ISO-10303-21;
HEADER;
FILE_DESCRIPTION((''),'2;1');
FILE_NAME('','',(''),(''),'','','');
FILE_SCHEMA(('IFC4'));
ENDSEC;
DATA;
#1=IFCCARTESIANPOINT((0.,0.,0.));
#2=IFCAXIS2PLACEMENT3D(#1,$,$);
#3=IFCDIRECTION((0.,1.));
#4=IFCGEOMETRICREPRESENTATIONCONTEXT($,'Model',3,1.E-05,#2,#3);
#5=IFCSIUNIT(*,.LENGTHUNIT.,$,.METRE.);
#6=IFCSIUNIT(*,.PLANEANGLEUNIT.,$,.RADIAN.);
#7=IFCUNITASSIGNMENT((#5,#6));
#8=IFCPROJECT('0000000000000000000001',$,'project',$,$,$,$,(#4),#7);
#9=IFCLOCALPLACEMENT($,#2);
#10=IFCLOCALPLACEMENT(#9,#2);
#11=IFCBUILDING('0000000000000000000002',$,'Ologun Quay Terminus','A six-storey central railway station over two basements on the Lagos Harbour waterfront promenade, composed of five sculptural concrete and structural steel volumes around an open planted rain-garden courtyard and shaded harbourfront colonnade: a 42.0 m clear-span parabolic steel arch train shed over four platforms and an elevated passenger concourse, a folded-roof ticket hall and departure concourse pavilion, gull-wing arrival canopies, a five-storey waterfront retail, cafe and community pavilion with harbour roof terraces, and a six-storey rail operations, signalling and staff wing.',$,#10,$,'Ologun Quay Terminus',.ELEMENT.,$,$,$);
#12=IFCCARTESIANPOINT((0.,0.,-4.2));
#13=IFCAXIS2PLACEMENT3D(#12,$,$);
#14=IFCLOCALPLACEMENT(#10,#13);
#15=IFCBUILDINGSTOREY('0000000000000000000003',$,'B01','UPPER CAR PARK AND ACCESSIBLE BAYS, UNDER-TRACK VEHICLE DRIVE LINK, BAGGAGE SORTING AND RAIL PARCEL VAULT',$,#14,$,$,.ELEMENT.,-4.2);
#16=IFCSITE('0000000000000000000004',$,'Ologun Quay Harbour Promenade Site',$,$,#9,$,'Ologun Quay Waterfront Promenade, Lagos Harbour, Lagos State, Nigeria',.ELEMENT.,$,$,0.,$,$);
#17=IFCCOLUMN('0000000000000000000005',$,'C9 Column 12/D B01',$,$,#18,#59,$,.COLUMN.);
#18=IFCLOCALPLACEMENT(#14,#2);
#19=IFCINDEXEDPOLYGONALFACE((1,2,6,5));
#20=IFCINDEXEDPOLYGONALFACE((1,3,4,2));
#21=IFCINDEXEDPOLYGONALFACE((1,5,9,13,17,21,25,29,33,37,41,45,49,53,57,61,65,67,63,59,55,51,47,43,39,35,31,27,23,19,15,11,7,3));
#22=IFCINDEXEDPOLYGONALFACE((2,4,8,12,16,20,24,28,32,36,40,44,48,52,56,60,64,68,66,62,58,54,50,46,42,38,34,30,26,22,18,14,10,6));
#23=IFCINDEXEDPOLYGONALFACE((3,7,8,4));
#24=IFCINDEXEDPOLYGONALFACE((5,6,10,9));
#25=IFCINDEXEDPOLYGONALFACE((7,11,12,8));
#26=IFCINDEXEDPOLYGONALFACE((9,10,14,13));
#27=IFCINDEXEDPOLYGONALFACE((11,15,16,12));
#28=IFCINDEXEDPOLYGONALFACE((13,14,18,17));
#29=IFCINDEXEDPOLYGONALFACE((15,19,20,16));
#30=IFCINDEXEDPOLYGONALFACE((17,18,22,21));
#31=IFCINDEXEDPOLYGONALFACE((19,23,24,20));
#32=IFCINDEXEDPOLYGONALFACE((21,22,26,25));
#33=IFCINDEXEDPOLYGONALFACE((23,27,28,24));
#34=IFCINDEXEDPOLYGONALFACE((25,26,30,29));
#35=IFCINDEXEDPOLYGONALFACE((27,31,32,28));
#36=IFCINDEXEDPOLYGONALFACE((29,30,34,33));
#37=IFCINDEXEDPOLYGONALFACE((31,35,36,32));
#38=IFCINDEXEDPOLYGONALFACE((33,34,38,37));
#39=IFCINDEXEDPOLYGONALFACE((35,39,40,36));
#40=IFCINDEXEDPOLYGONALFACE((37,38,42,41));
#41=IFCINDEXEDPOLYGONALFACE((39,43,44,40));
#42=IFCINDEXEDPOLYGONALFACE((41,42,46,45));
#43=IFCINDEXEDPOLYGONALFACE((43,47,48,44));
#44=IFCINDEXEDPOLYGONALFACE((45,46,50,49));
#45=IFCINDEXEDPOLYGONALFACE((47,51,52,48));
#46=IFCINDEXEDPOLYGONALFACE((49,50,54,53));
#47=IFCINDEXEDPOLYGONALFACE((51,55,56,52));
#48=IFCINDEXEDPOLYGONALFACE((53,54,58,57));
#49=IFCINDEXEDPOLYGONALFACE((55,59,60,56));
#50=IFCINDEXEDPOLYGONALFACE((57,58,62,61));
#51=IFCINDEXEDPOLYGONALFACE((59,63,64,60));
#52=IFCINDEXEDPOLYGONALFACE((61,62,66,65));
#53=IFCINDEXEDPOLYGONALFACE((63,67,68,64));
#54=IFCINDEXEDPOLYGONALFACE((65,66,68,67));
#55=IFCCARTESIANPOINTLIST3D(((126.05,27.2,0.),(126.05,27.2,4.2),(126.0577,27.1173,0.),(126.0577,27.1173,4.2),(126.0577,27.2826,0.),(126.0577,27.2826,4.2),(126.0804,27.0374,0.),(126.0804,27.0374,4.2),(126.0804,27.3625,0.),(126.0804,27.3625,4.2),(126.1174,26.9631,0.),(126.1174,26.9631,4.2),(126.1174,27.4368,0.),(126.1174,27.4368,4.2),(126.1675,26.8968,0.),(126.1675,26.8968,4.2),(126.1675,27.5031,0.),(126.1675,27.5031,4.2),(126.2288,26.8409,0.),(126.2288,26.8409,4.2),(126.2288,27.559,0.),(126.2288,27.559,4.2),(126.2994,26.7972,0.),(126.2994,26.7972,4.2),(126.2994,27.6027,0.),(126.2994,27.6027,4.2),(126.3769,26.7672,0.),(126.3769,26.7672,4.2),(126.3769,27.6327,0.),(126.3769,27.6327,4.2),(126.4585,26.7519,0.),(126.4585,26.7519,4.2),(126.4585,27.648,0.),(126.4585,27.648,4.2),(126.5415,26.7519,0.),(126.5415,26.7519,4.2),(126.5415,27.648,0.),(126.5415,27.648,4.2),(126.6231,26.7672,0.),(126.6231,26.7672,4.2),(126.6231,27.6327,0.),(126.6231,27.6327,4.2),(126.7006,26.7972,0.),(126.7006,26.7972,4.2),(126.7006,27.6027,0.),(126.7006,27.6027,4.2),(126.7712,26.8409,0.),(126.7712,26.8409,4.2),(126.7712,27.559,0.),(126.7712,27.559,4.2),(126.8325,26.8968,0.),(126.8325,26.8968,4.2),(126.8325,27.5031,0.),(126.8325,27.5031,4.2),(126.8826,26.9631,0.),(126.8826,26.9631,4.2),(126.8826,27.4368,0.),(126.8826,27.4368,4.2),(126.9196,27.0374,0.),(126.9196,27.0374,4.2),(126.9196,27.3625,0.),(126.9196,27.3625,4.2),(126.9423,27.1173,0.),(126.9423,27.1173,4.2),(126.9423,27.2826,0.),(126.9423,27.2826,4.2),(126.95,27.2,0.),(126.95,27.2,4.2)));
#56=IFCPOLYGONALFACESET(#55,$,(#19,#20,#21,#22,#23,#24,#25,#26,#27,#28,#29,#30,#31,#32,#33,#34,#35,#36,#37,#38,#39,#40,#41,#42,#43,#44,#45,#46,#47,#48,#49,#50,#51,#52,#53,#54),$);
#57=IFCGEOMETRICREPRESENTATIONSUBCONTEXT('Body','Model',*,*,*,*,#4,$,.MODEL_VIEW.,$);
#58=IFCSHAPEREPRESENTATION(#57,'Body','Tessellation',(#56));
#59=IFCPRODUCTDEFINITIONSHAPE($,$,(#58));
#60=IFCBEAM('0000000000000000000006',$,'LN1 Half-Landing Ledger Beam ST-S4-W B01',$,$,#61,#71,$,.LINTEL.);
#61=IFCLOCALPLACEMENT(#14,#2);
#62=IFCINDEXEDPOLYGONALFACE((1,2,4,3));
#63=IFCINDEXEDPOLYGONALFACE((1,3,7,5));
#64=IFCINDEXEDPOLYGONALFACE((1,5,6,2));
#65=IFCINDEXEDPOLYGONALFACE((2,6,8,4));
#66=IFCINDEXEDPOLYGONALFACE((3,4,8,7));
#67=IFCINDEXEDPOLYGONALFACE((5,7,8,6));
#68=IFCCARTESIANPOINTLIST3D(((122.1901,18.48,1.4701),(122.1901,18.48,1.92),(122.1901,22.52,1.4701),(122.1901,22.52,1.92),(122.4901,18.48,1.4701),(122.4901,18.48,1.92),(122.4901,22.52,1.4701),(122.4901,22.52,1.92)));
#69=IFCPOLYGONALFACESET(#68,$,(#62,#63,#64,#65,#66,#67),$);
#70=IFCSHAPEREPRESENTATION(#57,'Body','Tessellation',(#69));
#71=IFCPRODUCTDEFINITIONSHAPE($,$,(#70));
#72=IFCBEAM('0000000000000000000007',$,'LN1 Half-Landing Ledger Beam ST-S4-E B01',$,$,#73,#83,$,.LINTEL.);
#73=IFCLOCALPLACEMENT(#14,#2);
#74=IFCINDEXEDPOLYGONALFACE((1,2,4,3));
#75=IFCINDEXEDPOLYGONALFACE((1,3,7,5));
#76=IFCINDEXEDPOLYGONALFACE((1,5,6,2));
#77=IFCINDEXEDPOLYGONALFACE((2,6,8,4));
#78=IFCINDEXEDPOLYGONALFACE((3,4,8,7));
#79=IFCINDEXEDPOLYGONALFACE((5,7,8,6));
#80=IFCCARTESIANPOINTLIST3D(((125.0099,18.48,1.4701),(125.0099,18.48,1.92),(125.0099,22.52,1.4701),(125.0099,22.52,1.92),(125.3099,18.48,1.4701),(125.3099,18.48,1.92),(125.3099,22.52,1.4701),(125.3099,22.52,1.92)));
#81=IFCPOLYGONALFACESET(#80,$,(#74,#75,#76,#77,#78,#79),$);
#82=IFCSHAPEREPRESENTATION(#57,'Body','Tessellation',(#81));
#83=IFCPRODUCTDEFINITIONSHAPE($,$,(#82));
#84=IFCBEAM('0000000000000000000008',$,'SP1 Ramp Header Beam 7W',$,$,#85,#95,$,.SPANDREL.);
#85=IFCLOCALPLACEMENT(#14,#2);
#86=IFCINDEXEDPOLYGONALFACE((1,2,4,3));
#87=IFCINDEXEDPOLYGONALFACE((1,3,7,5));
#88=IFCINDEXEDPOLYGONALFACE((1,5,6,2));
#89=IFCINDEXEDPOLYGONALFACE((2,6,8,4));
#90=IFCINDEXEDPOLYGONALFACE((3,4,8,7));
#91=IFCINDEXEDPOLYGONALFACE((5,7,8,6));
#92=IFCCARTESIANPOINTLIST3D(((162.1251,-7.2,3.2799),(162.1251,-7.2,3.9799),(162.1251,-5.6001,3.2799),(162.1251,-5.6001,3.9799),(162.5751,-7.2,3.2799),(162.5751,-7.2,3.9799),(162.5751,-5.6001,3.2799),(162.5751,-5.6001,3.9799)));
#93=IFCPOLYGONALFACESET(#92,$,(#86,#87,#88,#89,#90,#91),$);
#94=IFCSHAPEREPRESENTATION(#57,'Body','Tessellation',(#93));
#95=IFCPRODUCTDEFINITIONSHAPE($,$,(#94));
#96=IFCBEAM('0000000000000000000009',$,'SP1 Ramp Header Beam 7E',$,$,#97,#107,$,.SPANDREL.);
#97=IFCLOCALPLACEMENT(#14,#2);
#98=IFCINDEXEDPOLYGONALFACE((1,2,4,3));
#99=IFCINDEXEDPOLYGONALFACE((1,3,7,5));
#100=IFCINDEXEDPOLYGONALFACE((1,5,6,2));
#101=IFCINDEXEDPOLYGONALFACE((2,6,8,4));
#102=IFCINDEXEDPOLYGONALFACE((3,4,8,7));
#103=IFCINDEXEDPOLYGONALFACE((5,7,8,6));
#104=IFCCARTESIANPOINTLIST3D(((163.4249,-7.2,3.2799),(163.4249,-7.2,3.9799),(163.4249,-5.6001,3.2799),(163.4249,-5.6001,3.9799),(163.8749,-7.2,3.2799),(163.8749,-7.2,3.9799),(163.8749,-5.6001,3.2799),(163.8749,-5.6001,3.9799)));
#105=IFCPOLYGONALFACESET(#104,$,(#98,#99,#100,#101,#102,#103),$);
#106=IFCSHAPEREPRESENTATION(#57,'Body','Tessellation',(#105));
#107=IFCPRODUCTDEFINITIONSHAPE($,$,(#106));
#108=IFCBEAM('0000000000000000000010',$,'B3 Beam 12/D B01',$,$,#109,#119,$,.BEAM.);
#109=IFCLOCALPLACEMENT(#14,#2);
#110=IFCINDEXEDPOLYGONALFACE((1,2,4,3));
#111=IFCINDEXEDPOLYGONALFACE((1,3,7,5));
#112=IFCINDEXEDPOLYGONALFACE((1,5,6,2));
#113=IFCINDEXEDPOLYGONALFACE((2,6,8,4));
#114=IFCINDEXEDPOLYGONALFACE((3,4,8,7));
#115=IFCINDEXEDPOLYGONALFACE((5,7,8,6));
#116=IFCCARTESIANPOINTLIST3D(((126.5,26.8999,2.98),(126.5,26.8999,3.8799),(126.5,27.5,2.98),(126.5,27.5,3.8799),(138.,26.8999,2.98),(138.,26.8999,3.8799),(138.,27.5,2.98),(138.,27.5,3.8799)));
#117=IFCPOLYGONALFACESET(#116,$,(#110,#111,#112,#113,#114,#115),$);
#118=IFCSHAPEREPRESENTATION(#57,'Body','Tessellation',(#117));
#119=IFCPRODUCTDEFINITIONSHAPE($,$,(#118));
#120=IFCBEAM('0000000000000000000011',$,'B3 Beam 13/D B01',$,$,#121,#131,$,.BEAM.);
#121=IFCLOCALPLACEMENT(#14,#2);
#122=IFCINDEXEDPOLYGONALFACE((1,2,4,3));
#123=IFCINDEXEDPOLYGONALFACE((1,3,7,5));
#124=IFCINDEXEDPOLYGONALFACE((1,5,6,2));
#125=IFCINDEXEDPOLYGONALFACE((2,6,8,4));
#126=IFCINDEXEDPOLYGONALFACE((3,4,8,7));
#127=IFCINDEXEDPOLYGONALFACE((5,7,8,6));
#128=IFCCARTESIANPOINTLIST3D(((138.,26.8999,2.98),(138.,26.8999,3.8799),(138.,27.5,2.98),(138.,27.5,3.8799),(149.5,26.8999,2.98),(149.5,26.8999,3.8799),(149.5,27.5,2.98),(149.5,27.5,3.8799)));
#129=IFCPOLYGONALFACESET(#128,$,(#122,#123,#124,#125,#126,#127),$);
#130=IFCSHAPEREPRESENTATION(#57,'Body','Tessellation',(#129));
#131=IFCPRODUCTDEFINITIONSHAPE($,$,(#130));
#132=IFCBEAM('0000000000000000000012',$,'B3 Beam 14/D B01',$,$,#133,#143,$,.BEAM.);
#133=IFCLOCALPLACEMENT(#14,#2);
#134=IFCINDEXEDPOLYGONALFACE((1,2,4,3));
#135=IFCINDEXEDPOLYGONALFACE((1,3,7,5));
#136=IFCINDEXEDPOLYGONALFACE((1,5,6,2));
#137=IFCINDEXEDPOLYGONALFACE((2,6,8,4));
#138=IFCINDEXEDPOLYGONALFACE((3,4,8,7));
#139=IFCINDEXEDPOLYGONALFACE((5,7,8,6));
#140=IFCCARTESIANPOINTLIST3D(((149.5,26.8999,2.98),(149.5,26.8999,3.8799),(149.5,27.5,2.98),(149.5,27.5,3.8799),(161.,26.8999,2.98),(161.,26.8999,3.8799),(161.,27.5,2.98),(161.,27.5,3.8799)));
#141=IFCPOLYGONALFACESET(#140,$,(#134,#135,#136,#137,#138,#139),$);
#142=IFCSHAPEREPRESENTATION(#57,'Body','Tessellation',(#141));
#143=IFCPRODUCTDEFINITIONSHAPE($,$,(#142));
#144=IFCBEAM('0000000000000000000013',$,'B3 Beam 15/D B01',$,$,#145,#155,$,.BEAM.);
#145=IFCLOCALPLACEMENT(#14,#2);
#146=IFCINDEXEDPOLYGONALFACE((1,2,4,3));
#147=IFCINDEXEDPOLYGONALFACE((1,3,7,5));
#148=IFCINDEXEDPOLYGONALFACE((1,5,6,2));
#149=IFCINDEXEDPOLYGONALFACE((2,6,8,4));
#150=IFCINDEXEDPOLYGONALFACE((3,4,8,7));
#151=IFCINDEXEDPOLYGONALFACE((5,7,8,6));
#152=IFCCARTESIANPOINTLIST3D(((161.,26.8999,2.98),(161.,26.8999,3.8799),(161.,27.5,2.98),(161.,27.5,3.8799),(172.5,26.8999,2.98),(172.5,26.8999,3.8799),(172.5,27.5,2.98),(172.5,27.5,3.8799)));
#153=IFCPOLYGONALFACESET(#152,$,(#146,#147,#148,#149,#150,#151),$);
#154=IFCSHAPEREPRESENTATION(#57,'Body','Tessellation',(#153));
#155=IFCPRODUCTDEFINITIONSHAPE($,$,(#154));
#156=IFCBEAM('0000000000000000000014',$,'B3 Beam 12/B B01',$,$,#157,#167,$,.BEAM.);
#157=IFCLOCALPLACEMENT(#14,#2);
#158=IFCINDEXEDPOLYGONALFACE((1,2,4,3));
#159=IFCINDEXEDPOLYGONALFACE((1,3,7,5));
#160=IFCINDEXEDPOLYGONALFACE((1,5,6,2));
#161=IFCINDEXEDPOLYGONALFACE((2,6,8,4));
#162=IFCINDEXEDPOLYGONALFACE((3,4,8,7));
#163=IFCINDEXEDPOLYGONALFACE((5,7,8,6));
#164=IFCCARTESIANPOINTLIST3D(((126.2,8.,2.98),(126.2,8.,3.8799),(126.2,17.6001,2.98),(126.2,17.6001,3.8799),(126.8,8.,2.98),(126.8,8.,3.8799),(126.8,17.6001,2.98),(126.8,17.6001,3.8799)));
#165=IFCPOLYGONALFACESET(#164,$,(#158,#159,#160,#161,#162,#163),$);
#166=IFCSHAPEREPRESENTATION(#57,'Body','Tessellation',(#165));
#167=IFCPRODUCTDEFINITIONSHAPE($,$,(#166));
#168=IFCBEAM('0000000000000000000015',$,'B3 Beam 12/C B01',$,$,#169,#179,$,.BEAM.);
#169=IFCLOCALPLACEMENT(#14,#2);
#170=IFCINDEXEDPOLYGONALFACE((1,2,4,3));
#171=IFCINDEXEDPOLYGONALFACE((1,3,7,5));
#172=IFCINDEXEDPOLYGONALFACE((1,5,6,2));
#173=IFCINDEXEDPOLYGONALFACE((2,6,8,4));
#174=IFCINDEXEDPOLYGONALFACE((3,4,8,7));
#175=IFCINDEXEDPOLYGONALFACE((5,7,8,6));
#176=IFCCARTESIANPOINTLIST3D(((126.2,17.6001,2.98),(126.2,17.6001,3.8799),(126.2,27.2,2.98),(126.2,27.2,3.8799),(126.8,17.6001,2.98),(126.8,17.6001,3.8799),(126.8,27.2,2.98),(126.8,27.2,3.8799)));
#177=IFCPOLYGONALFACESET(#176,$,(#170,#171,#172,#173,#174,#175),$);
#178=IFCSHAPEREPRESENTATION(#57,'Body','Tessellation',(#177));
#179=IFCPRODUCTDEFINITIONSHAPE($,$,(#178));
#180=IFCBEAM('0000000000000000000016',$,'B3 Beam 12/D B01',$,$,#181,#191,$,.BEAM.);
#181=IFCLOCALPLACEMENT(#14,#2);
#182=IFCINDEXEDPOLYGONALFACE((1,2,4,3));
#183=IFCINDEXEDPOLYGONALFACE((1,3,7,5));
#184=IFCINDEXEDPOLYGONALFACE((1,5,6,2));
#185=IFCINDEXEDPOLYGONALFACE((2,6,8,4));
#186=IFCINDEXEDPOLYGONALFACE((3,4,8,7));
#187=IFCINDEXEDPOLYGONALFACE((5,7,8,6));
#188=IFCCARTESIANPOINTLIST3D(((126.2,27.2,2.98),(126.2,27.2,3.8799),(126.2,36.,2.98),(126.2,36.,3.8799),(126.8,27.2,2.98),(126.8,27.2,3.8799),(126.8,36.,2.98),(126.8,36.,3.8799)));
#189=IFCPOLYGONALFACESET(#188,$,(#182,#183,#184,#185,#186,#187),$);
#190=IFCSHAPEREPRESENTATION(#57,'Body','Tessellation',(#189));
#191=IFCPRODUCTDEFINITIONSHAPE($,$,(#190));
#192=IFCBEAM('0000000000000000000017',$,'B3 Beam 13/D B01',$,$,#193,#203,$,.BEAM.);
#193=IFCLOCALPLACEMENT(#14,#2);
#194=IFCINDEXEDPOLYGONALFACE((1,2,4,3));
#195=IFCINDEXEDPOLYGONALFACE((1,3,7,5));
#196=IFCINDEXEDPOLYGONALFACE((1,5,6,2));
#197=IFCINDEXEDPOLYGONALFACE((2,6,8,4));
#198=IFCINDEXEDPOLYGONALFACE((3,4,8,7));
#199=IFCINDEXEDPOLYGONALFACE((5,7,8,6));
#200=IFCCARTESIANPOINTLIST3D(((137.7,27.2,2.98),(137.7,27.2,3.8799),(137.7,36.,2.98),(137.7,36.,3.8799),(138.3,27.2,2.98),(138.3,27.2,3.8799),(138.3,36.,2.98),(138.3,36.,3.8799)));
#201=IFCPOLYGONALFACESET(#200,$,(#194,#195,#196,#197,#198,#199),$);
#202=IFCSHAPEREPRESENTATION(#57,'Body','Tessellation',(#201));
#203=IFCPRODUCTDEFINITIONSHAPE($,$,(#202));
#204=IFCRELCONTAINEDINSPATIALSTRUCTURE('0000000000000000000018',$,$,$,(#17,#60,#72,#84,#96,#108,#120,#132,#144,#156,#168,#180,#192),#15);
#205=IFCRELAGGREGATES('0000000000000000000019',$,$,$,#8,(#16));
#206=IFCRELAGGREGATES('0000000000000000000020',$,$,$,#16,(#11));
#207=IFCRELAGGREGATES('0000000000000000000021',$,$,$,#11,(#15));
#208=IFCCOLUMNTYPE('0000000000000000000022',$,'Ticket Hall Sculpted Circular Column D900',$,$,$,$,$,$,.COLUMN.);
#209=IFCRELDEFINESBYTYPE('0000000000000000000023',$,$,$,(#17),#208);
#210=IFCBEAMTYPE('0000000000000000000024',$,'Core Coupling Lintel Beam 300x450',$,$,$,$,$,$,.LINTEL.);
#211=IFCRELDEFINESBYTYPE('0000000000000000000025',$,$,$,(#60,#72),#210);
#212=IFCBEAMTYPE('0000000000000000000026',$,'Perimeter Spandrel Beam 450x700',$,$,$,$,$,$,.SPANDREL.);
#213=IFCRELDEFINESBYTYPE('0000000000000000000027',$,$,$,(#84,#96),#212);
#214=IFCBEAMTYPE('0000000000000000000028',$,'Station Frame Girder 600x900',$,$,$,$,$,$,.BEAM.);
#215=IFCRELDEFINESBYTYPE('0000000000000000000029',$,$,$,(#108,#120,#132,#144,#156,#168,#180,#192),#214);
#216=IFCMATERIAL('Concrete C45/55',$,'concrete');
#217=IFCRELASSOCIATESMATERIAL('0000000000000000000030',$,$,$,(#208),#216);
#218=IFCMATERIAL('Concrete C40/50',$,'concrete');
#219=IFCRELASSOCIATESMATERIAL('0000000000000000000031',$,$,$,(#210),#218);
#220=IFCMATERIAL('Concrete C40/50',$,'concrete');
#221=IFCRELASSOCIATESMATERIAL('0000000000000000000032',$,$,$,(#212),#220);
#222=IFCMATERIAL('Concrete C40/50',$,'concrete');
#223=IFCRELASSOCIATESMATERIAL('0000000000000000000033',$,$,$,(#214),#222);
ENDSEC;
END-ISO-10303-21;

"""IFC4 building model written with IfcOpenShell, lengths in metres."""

from ifc_helpers import new_model, si_unit, direction, frame, origin, origin_2d, place, context, subcontext, project, spatial, rectangle, circle, extrude, material, material_profile, profile_set, type_object, element, save


model = new_model("IFC4")

# Units and contexts
model_context = context("Model", 3, precision=1e-05, world=origin(), true_north=direction((0.0, 1.0)))
body_context = subcontext(model_context, "Body", "Model", "MODEL_VIEW")
ifc_project = project(units=[si_unit("LENGTHUNIT", "METRE"), si_unit("PLANEANGLEUNIT", "RADIAN")], contexts=[model_context])

# Site, building, storey
site_placement = place(None, origin())
site = spatial("IfcSite", under=ifc_project, at=site_placement, Name="Ologun Quay Harbour Promenade Site", LongName="Ologun Quay Waterfront Promenade, Lagos Harbour, Lagos State, Nigeria", CompositionType="ELEMENT", RefElevation=0.0)
building_placement = place(site_placement, origin())
building = spatial("IfcBuilding", under=site, at=building_placement, Name="Ologun Quay Terminus", Description="A six-storey central railway station over two basements on the Lagos Harbour waterfront promenade, composed of five sculptural concrete and structural steel volumes around an open planted rain-garden courtyard and shaded harbourfront colonnade: a 42.0 m clear-span parabolic steel arch train shed over four platforms and an elevated passenger concourse, a folded-roof ticket hall and departure concourse pavilion, gull-wing arrival canopies, a five-storey waterfront retail, cafe and community pavilion with harbour roof terraces, and a six-storey rail operations, signalling and staff wing.", LongName="Ologun Quay Terminus", CompositionType="ELEMENT")
storey_placement = place(building_placement, frame((0.0, 0.0, -4.2)))
storey = spatial("IfcBuildingStorey", under=building, at=storey_placement, Name="B01", Description="UPPER CAR PARK AND ACCESSIBLE BAYS, UNDER-TRACK VEHICLE DRIVE LINK, BAGGAGE SORTING AND RAIL PARCEL VAULT", CompositionType="ELEMENT", Elevation=-4.2)

# Column
ifc_material_1 = material(Name="Concrete C45/55", Category="concrete")
ifc_material_profile_1 = material_profile(ifc_material_1, circle(Radius=0.45, at=origin_2d()), Name="RC D900")
ifc_profile_set_1 = profile_set([ifc_material_profile_1], Name="Concrete C45/55")
column_type_1 = type_object("IfcColumnType", Name="Ticket Hall Sculpted Circular Column D900", PredefinedType="COLUMN", material=ifc_profile_set_1)
for number, where, z_axis, x_axis, name in (
    (1, (126.5, 27.2, 0.0), (0.0, 0.0, 1.0), (1.0, 0.0, 0.0), "C9 Column 12/D B01"),
):
    element("IfcColumn", number, at=place(storey_placement, frame(where, z_axis=z_axis, x_axis=x_axis)), inside=storey, type_object=column_type_1, Name=name, PredefinedType="COLUMN", context=body_context, shape_type="SweptSolid", body=[
        extrude(circle(Radius=0.45, at=origin_2d()), origin(), (0.0, 0.0, 1.0), 4.2),
    ])

# Beams
ifc_material_2 = material(Name="Concrete C40/50", Category="concrete")
ifc_material_profile_2 = material_profile(ifc_material_2, rectangle(XDim=0.3, YDim=0.45, at=origin_2d()), Name="RC 300x450")
ifc_profile_set_2 = profile_set([ifc_material_profile_2], Name="Concrete C40/50")
beam_type_1 = type_object("IfcBeamType", Name="Core Coupling Lintel Beam 300x450", PredefinedType="LINTEL", material=ifc_profile_set_2)
for number, where, z_axis, x_axis, name in (
    (2, (122.3401, 18.48, 1.6951), (0.0, 1.0, 0.0), (-1.0, 0.0, 0.0), "LN1 Half-Landing Ledger Beam ST-S4-W B01"),
    (3, (125.1599, 18.48, 1.6951), (0.0, 1.0, 0.0), (-1.0, 0.0, 0.0), "LN1 Half-Landing Ledger Beam ST-S4-E B01"),
):
    element("IfcBeam", number, at=place(storey_placement, frame(where, z_axis=z_axis, x_axis=x_axis)), inside=storey, type_object=beam_type_1, Name=name, PredefinedType="LINTEL", context=body_context, shape_type="SweptSolid", body=[
        extrude(rectangle(XDim=0.3, YDim=0.45, at=origin_2d()), origin(), (0.0, 0.0, 1.0), 4.04),
    ])
ifc_material_3 = material(Name="Concrete C40/50", Category="concrete")
ifc_material_profile_3 = material_profile(ifc_material_3, rectangle(XDim=0.45, YDim=0.7, at=origin_2d()), Name="RC 450x700")
ifc_profile_set_3 = profile_set([ifc_material_profile_3], Name="Concrete C40/50")
beam_type_2 = type_object("IfcBeamType", Name="Perimeter Spandrel Beam 450x700", PredefinedType="SPANDREL", material=ifc_profile_set_3)
for number, where, z_axis, x_axis, name in (
    (4, (162.3501, -7.2, 3.6299), (0.0, 1.0, 0.0), (-1.0, 0.0, 0.0), "SP1 Ramp Header Beam 7W"),
    (5, (163.6499, -7.2, 3.6299), (0.0, 1.0, 0.0), (-1.0, 0.0, 0.0), "SP1 Ramp Header Beam 7E"),
):
    element("IfcBeam", number, at=place(storey_placement, frame(where, z_axis=z_axis, x_axis=x_axis)), inside=storey, type_object=beam_type_2, Name=name, PredefinedType="SPANDREL", context=body_context, shape_type="SweptSolid", body=[
        extrude(rectangle(XDim=0.45, YDim=0.7, at=origin_2d()), origin(), (0.0, 0.0, 1.0), 1.5999),
    ])
ifc_material_4 = material(Name="Concrete C40/50", Category="concrete")
ifc_material_profile_4 = material_profile(ifc_material_4, rectangle(XDim=0.6001, YDim=0.8999, at=origin_2d()), Name="RC 600x900")
ifc_profile_set_4 = profile_set([ifc_material_profile_4], Name="Concrete C40/50")
beam_type_3 = type_object("IfcBeamType", Name="Station Frame Girder 600x900", PredefinedType="BEAM", material=ifc_profile_set_4)
for number, where, z_axis, x_axis, name in (
    (6, (126.5, 27.2, 3.4299), (1.0, 0.0, 0.0), (0.0, 1.0, 0.0), "B3 Beam 12/D B01"),
    (7, (138.0, 27.2, 3.4299), (1.0, 0.0, 0.0), (0.0, 1.0, 0.0), "B3 Beam 13/D B01"),
    (8, (149.5, 27.2, 3.4299), (1.0, 0.0, 0.0), (0.0, 1.0, 0.0), "B3 Beam 14/D B01"),
    (9, (161.0, 27.2, 3.4299), (1.0, 0.0, 0.0), (0.0, 1.0, 0.0), "B3 Beam 15/D B01"),
):
    element("IfcBeam", number, at=place(storey_placement, frame(where, z_axis=z_axis, x_axis=x_axis)), inside=storey, type_object=beam_type_3, Name=name, PredefinedType="BEAM", context=body_context, shape_type="SweptSolid", body=[
        extrude(rectangle(XDim=0.6001, YDim=0.8999, at=origin_2d()), origin(), (0.0, 0.0, 1.0), 11.5),
    ])
beam_1_placement = place(storey_placement, frame((126.5, 8.0, 3.4299), z_axis=(0.0, 1.0, 0.0), x_axis=(-1.0, 0.0, 0.0)))
element("IfcBeam", 10, at=beam_1_placement, inside=storey, type_object=beam_type_3, Name="B3 Beam 12/B B01", PredefinedType="BEAM", context=body_context, shape_type="SweptSolid", body=[
    extrude(rectangle(XDim=0.6001, YDim=0.8999, at=origin_2d()), origin(), (0.0, 0.0, 1.0), 9.6001),
])
beam_2_placement = place(storey_placement, frame((126.5, 17.6001, 3.4299), z_axis=(0.0, 1.0, 0.0), x_axis=(-1.0, 0.0, 0.0)))
element("IfcBeam", 11, at=beam_2_placement, inside=storey, type_object=beam_type_3, Name="B3 Beam 12/C B01", PredefinedType="BEAM", context=body_context, shape_type="SweptSolid", body=[
    extrude(rectangle(XDim=0.6001, YDim=0.8999, at=origin_2d()), origin(), (0.0, 0.0, 1.0), 9.5999),
])
for number, where, z_axis, x_axis, name in (
    (12, (126.5, 27.2, 3.4299), (0.0, 1.0, 0.0), (-1.0, 0.0, 0.0), "B3 Beam 12/D B01"),
    (13, (138.0, 27.2, 3.4299), (0.0, 1.0, 0.0), (-1.0, 0.0, 0.0), "B3 Beam 13/D B01"),
):
    element("IfcBeam", number, at=place(storey_placement, frame(where, z_axis=z_axis, x_axis=x_axis)), inside=storey, type_object=beam_type_3, Name=name, PredefinedType="BEAM", context=body_context, shape_type="SweptSolid", body=[
        extrude(rectangle(XDim=0.6001, YDim=0.8999, at=origin_2d()), origin(), (0.0, 0.0, 1.0), 8.8),
    ])

save(model, "model.ifc")
